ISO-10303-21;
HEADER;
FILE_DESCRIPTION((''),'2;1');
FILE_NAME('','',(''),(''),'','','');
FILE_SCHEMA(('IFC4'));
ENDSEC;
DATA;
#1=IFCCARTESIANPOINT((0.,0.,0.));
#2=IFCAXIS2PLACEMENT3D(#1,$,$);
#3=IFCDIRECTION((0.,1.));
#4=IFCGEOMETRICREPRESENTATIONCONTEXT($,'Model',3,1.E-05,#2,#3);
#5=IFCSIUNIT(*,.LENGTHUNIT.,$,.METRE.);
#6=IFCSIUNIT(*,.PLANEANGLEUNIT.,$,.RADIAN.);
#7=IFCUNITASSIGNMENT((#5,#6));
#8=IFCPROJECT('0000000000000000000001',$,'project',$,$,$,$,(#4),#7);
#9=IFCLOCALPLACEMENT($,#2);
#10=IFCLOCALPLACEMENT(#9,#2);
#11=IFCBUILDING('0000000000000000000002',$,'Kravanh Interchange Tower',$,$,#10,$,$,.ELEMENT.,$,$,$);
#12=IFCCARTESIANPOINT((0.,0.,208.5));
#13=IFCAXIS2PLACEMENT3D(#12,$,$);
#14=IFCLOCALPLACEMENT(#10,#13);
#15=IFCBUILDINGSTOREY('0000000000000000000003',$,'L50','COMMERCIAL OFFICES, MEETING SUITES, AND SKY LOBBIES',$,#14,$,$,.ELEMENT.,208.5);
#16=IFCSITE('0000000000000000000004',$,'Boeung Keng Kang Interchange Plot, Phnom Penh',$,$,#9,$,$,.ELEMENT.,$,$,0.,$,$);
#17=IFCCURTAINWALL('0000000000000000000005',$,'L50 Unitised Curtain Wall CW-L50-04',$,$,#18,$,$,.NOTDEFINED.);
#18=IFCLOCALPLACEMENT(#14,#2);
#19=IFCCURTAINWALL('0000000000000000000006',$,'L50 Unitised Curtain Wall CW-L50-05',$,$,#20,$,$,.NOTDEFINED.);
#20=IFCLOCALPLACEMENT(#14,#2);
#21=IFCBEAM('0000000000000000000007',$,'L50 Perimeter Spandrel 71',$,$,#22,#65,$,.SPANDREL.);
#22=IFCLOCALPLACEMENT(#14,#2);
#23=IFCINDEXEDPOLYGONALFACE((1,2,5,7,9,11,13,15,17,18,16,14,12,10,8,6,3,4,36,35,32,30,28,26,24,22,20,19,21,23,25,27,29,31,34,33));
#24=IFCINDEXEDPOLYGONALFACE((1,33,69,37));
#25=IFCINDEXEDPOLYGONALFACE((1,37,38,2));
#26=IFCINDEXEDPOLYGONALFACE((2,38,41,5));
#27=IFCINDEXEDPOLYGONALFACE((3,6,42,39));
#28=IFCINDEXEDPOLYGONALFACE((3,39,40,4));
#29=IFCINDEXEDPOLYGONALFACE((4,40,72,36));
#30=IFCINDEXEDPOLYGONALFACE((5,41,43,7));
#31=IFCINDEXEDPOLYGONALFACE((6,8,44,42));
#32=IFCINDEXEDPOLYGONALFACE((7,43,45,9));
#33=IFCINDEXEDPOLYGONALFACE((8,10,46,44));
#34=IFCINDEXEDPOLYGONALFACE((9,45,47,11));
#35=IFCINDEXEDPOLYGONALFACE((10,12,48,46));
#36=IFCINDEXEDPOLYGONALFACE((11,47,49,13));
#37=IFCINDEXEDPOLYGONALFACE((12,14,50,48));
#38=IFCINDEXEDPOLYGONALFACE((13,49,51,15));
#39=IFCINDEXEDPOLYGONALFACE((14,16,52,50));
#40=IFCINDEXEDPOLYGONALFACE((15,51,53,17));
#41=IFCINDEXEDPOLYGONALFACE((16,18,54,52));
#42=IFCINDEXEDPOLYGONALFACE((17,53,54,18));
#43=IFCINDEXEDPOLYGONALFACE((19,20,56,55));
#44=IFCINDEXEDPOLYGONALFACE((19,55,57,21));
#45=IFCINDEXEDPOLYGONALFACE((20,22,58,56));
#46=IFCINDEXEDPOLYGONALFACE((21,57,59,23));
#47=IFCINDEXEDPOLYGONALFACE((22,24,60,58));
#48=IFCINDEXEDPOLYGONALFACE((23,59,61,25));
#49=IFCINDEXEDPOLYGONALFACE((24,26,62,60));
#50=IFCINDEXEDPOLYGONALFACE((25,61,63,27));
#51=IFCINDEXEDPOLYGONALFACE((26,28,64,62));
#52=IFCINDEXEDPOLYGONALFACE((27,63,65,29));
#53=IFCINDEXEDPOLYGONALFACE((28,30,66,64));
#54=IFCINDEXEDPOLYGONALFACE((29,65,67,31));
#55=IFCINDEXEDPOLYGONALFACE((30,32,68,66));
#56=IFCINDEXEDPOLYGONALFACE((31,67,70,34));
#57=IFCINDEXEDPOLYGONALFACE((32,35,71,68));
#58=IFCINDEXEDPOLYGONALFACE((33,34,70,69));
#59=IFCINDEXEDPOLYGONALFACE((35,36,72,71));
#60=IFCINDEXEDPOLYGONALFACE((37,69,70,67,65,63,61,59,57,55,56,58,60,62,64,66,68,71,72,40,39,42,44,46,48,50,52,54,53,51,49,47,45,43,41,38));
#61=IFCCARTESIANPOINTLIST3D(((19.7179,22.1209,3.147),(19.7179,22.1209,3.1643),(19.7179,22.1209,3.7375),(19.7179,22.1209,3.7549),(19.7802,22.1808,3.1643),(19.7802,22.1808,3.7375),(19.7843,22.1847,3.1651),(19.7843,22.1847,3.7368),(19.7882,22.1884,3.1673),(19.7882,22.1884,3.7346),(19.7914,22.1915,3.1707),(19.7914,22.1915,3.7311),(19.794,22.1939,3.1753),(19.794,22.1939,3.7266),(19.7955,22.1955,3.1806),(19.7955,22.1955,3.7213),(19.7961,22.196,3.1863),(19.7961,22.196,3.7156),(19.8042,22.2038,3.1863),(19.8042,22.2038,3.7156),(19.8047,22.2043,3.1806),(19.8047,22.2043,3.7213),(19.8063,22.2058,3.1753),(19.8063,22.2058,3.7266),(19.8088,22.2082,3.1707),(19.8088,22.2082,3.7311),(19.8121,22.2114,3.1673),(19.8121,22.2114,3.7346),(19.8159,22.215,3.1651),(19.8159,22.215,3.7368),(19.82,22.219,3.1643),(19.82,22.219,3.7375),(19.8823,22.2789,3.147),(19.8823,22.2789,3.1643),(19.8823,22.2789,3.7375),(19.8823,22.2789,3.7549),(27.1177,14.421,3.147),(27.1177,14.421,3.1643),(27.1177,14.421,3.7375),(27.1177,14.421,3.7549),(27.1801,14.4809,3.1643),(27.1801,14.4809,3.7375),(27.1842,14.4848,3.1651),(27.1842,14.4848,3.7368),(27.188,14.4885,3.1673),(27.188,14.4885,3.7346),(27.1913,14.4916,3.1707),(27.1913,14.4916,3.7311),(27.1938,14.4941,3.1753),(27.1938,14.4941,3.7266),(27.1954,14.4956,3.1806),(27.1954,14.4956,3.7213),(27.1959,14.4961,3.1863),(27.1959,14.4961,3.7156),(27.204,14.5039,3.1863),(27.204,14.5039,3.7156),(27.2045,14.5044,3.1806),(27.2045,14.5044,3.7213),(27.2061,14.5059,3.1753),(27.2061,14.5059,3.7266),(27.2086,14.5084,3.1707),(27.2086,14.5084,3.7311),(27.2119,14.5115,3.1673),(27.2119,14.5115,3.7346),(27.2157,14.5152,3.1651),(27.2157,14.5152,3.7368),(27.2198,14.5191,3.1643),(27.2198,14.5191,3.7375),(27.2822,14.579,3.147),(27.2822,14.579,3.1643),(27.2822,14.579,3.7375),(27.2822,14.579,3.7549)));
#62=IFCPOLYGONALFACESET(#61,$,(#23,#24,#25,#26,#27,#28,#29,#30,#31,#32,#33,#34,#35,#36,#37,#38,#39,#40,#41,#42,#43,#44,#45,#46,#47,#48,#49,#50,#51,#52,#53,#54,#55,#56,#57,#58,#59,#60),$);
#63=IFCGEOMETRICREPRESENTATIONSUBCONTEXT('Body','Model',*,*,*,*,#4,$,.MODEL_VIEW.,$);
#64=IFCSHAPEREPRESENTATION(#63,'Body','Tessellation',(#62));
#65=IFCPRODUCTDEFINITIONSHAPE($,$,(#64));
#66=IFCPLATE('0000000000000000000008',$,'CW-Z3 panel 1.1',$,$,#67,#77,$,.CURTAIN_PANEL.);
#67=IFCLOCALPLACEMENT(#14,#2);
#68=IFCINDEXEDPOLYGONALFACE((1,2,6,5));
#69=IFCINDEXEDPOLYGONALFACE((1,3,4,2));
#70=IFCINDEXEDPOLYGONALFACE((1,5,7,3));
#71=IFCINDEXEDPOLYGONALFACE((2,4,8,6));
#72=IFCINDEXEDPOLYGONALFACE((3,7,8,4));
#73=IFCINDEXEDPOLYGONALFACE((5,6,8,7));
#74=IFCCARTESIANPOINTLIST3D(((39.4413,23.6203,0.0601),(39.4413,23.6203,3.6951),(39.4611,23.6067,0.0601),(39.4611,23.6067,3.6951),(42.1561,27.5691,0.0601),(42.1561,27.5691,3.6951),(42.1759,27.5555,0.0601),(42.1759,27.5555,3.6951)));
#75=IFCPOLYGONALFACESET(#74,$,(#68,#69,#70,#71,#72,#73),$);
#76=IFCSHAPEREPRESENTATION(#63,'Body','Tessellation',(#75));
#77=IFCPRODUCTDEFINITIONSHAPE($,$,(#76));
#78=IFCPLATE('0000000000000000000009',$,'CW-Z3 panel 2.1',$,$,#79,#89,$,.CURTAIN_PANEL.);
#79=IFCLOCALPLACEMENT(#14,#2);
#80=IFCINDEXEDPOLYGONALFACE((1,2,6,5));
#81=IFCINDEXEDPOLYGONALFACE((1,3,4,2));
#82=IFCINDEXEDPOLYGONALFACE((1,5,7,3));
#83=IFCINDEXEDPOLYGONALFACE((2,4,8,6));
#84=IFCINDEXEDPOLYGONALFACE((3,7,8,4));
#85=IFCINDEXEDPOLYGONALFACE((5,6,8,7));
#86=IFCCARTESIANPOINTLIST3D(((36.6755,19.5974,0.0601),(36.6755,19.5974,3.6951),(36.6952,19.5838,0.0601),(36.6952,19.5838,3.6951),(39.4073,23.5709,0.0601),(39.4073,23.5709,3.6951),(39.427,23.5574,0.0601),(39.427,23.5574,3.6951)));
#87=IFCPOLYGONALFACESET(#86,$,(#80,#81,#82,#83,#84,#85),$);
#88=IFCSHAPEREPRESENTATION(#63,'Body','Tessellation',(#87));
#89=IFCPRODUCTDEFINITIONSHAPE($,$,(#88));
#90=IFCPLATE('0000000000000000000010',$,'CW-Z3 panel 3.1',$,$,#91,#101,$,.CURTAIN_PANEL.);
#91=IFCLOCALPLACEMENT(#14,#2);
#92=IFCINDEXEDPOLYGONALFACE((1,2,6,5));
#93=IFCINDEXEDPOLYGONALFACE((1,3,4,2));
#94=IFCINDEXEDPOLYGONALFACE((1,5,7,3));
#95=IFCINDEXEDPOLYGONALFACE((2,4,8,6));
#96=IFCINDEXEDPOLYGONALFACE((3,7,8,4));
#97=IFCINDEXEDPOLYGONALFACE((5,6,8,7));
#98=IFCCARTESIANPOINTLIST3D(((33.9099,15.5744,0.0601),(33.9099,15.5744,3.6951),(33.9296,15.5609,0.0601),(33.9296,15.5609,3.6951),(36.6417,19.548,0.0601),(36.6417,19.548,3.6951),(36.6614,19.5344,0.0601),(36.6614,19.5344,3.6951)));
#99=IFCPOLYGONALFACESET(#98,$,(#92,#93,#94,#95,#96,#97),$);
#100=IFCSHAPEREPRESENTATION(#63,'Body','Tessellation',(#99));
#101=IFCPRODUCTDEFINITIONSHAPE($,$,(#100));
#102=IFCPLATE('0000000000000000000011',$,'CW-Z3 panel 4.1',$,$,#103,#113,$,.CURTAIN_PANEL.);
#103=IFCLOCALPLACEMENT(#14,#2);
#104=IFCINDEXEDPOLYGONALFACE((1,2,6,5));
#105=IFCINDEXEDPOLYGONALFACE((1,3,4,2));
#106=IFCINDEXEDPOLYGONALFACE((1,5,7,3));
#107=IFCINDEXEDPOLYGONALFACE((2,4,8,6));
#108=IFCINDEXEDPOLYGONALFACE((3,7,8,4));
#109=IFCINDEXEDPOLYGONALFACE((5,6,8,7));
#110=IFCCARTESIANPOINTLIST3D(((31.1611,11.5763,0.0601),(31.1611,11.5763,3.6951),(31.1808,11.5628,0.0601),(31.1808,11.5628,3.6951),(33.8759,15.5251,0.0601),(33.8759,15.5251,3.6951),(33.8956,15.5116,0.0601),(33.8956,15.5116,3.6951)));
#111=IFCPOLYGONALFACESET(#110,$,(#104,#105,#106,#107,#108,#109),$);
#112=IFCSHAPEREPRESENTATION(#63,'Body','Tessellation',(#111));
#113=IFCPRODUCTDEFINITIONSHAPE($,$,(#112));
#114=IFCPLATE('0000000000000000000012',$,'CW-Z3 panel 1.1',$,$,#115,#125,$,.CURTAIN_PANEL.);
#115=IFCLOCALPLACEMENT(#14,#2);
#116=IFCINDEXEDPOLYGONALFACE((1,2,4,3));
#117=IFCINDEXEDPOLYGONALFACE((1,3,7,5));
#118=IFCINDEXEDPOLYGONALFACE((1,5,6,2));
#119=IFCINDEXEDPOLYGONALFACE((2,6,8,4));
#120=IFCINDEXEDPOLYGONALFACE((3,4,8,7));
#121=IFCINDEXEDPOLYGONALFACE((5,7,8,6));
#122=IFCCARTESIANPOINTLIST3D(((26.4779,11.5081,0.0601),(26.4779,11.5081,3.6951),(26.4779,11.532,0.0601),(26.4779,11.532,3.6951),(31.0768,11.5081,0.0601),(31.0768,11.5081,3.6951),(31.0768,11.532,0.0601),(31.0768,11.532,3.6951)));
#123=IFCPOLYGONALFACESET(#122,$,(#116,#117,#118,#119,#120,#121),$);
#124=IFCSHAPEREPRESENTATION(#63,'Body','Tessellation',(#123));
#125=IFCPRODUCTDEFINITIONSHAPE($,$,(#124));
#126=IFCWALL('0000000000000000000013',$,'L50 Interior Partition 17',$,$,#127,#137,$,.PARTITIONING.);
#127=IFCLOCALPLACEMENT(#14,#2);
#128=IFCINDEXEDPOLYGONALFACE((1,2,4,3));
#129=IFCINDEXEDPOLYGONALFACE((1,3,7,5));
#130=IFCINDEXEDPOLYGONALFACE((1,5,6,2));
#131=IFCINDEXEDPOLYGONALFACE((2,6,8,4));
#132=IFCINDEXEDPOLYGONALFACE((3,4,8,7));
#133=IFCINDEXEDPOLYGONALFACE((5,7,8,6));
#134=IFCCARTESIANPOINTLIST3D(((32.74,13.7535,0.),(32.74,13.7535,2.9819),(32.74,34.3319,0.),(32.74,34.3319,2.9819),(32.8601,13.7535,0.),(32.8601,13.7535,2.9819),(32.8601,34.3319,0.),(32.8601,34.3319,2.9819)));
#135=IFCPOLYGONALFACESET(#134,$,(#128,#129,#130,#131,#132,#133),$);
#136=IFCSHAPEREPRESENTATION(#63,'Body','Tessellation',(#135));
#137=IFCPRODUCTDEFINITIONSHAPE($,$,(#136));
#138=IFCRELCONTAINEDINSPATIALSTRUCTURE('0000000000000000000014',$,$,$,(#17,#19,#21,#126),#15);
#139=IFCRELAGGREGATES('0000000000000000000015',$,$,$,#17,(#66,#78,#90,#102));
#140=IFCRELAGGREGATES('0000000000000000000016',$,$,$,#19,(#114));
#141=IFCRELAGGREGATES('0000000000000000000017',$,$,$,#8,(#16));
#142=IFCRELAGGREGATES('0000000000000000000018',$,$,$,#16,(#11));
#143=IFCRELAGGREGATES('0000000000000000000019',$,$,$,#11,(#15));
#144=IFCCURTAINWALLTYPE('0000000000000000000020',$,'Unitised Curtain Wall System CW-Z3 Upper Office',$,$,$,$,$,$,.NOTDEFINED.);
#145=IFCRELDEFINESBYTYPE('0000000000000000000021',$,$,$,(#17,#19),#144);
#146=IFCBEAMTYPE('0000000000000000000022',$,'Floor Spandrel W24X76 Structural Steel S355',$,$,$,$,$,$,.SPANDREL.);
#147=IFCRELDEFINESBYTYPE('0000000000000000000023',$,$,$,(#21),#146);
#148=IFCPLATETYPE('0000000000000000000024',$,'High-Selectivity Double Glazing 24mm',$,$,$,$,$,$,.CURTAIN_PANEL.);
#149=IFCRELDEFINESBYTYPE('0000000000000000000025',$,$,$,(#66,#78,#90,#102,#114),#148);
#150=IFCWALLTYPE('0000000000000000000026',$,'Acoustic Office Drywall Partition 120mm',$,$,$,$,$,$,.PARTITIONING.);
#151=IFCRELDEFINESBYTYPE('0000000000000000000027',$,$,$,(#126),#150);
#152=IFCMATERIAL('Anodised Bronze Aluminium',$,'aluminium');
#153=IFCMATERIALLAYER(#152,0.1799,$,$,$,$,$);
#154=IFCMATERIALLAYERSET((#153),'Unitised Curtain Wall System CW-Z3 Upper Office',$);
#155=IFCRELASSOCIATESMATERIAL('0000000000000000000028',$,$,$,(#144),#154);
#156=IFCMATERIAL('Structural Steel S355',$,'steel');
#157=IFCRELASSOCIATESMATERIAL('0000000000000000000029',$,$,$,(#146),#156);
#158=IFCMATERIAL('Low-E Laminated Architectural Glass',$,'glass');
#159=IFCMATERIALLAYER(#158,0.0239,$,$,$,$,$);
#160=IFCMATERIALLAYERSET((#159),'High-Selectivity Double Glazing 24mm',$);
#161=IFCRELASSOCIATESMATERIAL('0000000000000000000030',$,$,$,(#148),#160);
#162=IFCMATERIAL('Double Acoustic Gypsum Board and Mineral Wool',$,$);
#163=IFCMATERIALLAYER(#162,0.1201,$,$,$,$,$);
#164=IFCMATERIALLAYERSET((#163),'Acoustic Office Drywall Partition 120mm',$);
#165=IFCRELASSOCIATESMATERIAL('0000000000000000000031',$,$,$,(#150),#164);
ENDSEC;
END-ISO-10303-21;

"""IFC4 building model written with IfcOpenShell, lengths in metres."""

from ifc_helpers import new_model, si_unit, direction, frame, frame_2d, origin, origin_2d, place, context, subcontext, project, spatial, rectangle, i_section, extrude, material, layer, layer_set, material_profile, profile_set, type_object, element, aggregate, save


model = new_model("IFC4")

# Units and contexts
model_context = context("Model", 3, precision=1e-05, world=origin(), true_north=direction((0.0, 1.0)))
body_context = subcontext(model_context, "Body", "Model", "MODEL_VIEW")
ifc_project = project(units=[si_unit("LENGTHUNIT", "METRE"), si_unit("PLANEANGLEUNIT", "RADIAN")], contexts=[model_context])

# Site, building, storey
site_placement = place(None, origin())
site = spatial("IfcSite", under=ifc_project, at=site_placement, Name="Boeung Keng Kang Interchange Plot, Phnom Penh", CompositionType="ELEMENT", RefElevation=0.0)
building_placement = place(site_placement, origin())
building = spatial("IfcBuilding", under=site, at=building_placement, Name="Kravanh Interchange Tower", CompositionType="ELEMENT")
storey_placement = place(building_placement, frame((0.0, 0.0, 208.5)))
storey = spatial("IfcBuildingStorey", under=building, at=storey_placement, Name="L50", Description="COMMERCIAL OFFICES, MEETING SUITES, AND SKY LOBBIES", CompositionType="ELEMENT", Elevation=208.5)

# Curtain walls
ifc_material_1 = material(Name="Anodised Bronze Aluminium", Category="aluminium")
ifc_layer_1 = layer(ifc_material_1, 0.1799)
ifc_layer_set_1 = layer_set([ifc_layer_1], Name="Unitised Curtain Wall System CW-Z3 Upper Office")
curtain_wall_type = type_object("IfcCurtainWallType", Name="Unitised Curtain Wall System CW-Z3 Upper Office", PredefinedType="NOTDEFINED", material=ifc_layer_set_1)
curtain_wall_1_placement = place(storey_placement, origin())
curtain_wall_1 = element("IfcCurtainWall", 1, at=curtain_wall_1_placement, inside=storey, type_object=curtain_wall_type, Name="L50 Unitised Curtain Wall CW-L50-04", PredefinedType="NOTDEFINED")
curtain_wall_2_placement = place(storey_placement, origin())
curtain_wall_2 = element("IfcCurtainWall", 2, at=curtain_wall_2_placement, inside=storey, type_object=curtain_wall_type, Name="L50 Unitised Curtain Wall CW-L50-05", PredefinedType="NOTDEFINED")

# Beam
ifc_material_2 = material(Name="Structural Steel S355", Category="steel")
ifc_material_profile_1 = material_profile(ifc_material_2, i_section(OverallWidth=0.228, OverallDepth=0.6079, WebThickness=0.0112, FlangeThickness=0.0173, FilletRadius=0.022, at=origin_2d()), Name="W24X76")
ifc_profile_set_1 = profile_set([ifc_material_profile_1], Name="Structural Steel S355")
beam_type_1 = type_object("IfcBeamType", Name="Floor Spandrel W24X76 Structural Steel S355", PredefinedType="SPANDREL", material=ifc_profile_set_1)
beam_1_placement = place(storey_placement, frame((27.2, 14.5, 3.4509), z_axis=(-0.692919, 0.721015, 0.0), x_axis=(-0.721015, -0.692919, 0.0)))
element("IfcBeam", 3, at=beam_1_placement, inside=storey, type_object=beam_type_1, Name="L50 Perimeter Spandrel 71", PredefinedType="SPANDREL", context=body_context, shape_type="SweptSolid", body=[
    extrude(i_section(OverallWidth=0.228, OverallDepth=0.6079, WebThickness=0.0112, FlangeThickness=0.0173, FilletRadius=0.022, at=origin_2d()), origin(), (0.0, 0.0, 1.0), 10.6792),
])

# Plates
ifc_material_3 = material(Name="Low-E Laminated Architectural Glass", Category="glass")
ifc_layer_2 = layer(ifc_material_3, 0.0239)
ifc_layer_set_2 = layer_set([ifc_layer_2], Name="High-Selectivity Double Glazing 24mm")
plate_type = type_object("IfcPlateType", Name="High-Selectivity Double Glazing 24mm", PredefinedType="CURTAIN_PANEL", material=ifc_layer_set_2)
plate_1_placement = place(storey_placement, frame((40.8086, 25.5879, 0.0601), z_axis=(0.0, 0.0, 1.0), x_axis=(-0.566528, -0.824042, 0.0)))
plate_1 = element("IfcPlate", 4, at=plate_1_placement, type_object=plate_type, Name="CW-Z3 panel 1.1", PredefinedType="CURTAIN_PANEL", context=body_context, shape_type="SweptSolid", body=[
    extrude(rectangle(XDim=4.792, YDim=0.0239, at=origin_2d()), origin(), (0.0, 0.0, 1.0), 3.635),
])
plate_2_placement = place(storey_placement, frame((38.0513, 21.5774, 0.0601), z_axis=(0.0, 0.0, 1.0), x_axis=(-0.566528, -0.824042, 0.0)))
plate_2 = element("IfcPlate", 5, at=plate_2_placement, type_object=plate_type, Name="CW-Z3 panel 2.1", PredefinedType="CURTAIN_PANEL", context=body_context, shape_type="SweptSolid", body=[
    extrude(rectangle(XDim=4.822, YDim=0.0239, at=origin_2d()), origin(), (0.0, 0.0, 1.0), 3.635),
])
plate_3_placement = place(storey_placement, frame((35.2856, 17.5544, 0.0601), z_axis=(0.0, 0.0, 1.0), x_axis=(-0.566528, -0.824042, 0.0)))
plate_3 = element("IfcPlate", 6, at=plate_3_placement, type_object=plate_type, Name="CW-Z3 panel 3.1", PredefinedType="CURTAIN_PANEL", context=body_context, shape_type="SweptSolid", body=[
    extrude(rectangle(XDim=4.822, YDim=0.0239, at=origin_2d()), origin(), (0.0, 0.0, 1.0), 3.635),
])
plate_4_placement = place(storey_placement, frame((32.5283, 13.5439, 0.0601), z_axis=(0.0, 0.0, 1.0), x_axis=(-0.566528, -0.824042, 0.0)))
plate_4 = element("IfcPlate", 7, at=plate_4_placement, type_object=plate_type, Name="CW-Z3 panel 4.1", PredefinedType="CURTAIN_PANEL", context=body_context, shape_type="SweptSolid", body=[
    extrude(rectangle(XDim=4.792, YDim=0.0239, at=origin_2d()), origin(), (0.0, 0.0, 1.0), 3.635),
])
aggregate(curtain_wall_1, [plate_1, plate_2, plate_3, plate_4])
plate_5_placement = place(storey_placement, frame((28.7773, 11.52, 0.0601), z_axis=(0.0, 0.0, 1.0), x_axis=(-1.0, 0.0, 0.0)))
plate_5 = element("IfcPlate", 8, at=plate_5_placement, type_object=plate_type, Name="CW-Z3 panel 1.1", PredefinedType="CURTAIN_PANEL", context=body_context, shape_type="SweptSolid", body=[
    extrude(rectangle(XDim=4.5989, YDim=0.0239, at=origin_2d()), origin(), (0.0, 0.0, 1.0), 3.635),
])
aggregate(curtain_wall_2, [plate_5])

# Wall
ifc_material_4 = material(Name="Double Acoustic Gypsum Board and Mineral Wool")
ifc_layer_3 = layer(ifc_material_4, 0.1201)
ifc_layer_set_3 = layer_set([ifc_layer_3], Name="Acoustic Office Drywall Partition 120mm")
wall_type = type_object("IfcWallType", Name="Acoustic Office Drywall Partition 120mm", PredefinedType="PARTITIONING", material=ifc_layer_set_3)
wall_placement = place(storey_placement, frame((32.8, 13.7537, 0.0), z_axis=(0.0, 0.0, 1.0), x_axis=(0.0, 1.0, 0.0)))
element("IfcWall", 9, at=wall_placement, inside=storey, type_object=wall_type, Name="L50 Interior Partition 17", PredefinedType="PARTITIONING", context=body_context, shape_type="SweptSolid", body=[
    extrude(rectangle(XDim=20.5784, YDim=0.1201, at=frame_2d((10.2891, 0.0))), origin(), (0.0, 0.0, 1.0), 2.9819),
])

save(model, "model.ifc")
